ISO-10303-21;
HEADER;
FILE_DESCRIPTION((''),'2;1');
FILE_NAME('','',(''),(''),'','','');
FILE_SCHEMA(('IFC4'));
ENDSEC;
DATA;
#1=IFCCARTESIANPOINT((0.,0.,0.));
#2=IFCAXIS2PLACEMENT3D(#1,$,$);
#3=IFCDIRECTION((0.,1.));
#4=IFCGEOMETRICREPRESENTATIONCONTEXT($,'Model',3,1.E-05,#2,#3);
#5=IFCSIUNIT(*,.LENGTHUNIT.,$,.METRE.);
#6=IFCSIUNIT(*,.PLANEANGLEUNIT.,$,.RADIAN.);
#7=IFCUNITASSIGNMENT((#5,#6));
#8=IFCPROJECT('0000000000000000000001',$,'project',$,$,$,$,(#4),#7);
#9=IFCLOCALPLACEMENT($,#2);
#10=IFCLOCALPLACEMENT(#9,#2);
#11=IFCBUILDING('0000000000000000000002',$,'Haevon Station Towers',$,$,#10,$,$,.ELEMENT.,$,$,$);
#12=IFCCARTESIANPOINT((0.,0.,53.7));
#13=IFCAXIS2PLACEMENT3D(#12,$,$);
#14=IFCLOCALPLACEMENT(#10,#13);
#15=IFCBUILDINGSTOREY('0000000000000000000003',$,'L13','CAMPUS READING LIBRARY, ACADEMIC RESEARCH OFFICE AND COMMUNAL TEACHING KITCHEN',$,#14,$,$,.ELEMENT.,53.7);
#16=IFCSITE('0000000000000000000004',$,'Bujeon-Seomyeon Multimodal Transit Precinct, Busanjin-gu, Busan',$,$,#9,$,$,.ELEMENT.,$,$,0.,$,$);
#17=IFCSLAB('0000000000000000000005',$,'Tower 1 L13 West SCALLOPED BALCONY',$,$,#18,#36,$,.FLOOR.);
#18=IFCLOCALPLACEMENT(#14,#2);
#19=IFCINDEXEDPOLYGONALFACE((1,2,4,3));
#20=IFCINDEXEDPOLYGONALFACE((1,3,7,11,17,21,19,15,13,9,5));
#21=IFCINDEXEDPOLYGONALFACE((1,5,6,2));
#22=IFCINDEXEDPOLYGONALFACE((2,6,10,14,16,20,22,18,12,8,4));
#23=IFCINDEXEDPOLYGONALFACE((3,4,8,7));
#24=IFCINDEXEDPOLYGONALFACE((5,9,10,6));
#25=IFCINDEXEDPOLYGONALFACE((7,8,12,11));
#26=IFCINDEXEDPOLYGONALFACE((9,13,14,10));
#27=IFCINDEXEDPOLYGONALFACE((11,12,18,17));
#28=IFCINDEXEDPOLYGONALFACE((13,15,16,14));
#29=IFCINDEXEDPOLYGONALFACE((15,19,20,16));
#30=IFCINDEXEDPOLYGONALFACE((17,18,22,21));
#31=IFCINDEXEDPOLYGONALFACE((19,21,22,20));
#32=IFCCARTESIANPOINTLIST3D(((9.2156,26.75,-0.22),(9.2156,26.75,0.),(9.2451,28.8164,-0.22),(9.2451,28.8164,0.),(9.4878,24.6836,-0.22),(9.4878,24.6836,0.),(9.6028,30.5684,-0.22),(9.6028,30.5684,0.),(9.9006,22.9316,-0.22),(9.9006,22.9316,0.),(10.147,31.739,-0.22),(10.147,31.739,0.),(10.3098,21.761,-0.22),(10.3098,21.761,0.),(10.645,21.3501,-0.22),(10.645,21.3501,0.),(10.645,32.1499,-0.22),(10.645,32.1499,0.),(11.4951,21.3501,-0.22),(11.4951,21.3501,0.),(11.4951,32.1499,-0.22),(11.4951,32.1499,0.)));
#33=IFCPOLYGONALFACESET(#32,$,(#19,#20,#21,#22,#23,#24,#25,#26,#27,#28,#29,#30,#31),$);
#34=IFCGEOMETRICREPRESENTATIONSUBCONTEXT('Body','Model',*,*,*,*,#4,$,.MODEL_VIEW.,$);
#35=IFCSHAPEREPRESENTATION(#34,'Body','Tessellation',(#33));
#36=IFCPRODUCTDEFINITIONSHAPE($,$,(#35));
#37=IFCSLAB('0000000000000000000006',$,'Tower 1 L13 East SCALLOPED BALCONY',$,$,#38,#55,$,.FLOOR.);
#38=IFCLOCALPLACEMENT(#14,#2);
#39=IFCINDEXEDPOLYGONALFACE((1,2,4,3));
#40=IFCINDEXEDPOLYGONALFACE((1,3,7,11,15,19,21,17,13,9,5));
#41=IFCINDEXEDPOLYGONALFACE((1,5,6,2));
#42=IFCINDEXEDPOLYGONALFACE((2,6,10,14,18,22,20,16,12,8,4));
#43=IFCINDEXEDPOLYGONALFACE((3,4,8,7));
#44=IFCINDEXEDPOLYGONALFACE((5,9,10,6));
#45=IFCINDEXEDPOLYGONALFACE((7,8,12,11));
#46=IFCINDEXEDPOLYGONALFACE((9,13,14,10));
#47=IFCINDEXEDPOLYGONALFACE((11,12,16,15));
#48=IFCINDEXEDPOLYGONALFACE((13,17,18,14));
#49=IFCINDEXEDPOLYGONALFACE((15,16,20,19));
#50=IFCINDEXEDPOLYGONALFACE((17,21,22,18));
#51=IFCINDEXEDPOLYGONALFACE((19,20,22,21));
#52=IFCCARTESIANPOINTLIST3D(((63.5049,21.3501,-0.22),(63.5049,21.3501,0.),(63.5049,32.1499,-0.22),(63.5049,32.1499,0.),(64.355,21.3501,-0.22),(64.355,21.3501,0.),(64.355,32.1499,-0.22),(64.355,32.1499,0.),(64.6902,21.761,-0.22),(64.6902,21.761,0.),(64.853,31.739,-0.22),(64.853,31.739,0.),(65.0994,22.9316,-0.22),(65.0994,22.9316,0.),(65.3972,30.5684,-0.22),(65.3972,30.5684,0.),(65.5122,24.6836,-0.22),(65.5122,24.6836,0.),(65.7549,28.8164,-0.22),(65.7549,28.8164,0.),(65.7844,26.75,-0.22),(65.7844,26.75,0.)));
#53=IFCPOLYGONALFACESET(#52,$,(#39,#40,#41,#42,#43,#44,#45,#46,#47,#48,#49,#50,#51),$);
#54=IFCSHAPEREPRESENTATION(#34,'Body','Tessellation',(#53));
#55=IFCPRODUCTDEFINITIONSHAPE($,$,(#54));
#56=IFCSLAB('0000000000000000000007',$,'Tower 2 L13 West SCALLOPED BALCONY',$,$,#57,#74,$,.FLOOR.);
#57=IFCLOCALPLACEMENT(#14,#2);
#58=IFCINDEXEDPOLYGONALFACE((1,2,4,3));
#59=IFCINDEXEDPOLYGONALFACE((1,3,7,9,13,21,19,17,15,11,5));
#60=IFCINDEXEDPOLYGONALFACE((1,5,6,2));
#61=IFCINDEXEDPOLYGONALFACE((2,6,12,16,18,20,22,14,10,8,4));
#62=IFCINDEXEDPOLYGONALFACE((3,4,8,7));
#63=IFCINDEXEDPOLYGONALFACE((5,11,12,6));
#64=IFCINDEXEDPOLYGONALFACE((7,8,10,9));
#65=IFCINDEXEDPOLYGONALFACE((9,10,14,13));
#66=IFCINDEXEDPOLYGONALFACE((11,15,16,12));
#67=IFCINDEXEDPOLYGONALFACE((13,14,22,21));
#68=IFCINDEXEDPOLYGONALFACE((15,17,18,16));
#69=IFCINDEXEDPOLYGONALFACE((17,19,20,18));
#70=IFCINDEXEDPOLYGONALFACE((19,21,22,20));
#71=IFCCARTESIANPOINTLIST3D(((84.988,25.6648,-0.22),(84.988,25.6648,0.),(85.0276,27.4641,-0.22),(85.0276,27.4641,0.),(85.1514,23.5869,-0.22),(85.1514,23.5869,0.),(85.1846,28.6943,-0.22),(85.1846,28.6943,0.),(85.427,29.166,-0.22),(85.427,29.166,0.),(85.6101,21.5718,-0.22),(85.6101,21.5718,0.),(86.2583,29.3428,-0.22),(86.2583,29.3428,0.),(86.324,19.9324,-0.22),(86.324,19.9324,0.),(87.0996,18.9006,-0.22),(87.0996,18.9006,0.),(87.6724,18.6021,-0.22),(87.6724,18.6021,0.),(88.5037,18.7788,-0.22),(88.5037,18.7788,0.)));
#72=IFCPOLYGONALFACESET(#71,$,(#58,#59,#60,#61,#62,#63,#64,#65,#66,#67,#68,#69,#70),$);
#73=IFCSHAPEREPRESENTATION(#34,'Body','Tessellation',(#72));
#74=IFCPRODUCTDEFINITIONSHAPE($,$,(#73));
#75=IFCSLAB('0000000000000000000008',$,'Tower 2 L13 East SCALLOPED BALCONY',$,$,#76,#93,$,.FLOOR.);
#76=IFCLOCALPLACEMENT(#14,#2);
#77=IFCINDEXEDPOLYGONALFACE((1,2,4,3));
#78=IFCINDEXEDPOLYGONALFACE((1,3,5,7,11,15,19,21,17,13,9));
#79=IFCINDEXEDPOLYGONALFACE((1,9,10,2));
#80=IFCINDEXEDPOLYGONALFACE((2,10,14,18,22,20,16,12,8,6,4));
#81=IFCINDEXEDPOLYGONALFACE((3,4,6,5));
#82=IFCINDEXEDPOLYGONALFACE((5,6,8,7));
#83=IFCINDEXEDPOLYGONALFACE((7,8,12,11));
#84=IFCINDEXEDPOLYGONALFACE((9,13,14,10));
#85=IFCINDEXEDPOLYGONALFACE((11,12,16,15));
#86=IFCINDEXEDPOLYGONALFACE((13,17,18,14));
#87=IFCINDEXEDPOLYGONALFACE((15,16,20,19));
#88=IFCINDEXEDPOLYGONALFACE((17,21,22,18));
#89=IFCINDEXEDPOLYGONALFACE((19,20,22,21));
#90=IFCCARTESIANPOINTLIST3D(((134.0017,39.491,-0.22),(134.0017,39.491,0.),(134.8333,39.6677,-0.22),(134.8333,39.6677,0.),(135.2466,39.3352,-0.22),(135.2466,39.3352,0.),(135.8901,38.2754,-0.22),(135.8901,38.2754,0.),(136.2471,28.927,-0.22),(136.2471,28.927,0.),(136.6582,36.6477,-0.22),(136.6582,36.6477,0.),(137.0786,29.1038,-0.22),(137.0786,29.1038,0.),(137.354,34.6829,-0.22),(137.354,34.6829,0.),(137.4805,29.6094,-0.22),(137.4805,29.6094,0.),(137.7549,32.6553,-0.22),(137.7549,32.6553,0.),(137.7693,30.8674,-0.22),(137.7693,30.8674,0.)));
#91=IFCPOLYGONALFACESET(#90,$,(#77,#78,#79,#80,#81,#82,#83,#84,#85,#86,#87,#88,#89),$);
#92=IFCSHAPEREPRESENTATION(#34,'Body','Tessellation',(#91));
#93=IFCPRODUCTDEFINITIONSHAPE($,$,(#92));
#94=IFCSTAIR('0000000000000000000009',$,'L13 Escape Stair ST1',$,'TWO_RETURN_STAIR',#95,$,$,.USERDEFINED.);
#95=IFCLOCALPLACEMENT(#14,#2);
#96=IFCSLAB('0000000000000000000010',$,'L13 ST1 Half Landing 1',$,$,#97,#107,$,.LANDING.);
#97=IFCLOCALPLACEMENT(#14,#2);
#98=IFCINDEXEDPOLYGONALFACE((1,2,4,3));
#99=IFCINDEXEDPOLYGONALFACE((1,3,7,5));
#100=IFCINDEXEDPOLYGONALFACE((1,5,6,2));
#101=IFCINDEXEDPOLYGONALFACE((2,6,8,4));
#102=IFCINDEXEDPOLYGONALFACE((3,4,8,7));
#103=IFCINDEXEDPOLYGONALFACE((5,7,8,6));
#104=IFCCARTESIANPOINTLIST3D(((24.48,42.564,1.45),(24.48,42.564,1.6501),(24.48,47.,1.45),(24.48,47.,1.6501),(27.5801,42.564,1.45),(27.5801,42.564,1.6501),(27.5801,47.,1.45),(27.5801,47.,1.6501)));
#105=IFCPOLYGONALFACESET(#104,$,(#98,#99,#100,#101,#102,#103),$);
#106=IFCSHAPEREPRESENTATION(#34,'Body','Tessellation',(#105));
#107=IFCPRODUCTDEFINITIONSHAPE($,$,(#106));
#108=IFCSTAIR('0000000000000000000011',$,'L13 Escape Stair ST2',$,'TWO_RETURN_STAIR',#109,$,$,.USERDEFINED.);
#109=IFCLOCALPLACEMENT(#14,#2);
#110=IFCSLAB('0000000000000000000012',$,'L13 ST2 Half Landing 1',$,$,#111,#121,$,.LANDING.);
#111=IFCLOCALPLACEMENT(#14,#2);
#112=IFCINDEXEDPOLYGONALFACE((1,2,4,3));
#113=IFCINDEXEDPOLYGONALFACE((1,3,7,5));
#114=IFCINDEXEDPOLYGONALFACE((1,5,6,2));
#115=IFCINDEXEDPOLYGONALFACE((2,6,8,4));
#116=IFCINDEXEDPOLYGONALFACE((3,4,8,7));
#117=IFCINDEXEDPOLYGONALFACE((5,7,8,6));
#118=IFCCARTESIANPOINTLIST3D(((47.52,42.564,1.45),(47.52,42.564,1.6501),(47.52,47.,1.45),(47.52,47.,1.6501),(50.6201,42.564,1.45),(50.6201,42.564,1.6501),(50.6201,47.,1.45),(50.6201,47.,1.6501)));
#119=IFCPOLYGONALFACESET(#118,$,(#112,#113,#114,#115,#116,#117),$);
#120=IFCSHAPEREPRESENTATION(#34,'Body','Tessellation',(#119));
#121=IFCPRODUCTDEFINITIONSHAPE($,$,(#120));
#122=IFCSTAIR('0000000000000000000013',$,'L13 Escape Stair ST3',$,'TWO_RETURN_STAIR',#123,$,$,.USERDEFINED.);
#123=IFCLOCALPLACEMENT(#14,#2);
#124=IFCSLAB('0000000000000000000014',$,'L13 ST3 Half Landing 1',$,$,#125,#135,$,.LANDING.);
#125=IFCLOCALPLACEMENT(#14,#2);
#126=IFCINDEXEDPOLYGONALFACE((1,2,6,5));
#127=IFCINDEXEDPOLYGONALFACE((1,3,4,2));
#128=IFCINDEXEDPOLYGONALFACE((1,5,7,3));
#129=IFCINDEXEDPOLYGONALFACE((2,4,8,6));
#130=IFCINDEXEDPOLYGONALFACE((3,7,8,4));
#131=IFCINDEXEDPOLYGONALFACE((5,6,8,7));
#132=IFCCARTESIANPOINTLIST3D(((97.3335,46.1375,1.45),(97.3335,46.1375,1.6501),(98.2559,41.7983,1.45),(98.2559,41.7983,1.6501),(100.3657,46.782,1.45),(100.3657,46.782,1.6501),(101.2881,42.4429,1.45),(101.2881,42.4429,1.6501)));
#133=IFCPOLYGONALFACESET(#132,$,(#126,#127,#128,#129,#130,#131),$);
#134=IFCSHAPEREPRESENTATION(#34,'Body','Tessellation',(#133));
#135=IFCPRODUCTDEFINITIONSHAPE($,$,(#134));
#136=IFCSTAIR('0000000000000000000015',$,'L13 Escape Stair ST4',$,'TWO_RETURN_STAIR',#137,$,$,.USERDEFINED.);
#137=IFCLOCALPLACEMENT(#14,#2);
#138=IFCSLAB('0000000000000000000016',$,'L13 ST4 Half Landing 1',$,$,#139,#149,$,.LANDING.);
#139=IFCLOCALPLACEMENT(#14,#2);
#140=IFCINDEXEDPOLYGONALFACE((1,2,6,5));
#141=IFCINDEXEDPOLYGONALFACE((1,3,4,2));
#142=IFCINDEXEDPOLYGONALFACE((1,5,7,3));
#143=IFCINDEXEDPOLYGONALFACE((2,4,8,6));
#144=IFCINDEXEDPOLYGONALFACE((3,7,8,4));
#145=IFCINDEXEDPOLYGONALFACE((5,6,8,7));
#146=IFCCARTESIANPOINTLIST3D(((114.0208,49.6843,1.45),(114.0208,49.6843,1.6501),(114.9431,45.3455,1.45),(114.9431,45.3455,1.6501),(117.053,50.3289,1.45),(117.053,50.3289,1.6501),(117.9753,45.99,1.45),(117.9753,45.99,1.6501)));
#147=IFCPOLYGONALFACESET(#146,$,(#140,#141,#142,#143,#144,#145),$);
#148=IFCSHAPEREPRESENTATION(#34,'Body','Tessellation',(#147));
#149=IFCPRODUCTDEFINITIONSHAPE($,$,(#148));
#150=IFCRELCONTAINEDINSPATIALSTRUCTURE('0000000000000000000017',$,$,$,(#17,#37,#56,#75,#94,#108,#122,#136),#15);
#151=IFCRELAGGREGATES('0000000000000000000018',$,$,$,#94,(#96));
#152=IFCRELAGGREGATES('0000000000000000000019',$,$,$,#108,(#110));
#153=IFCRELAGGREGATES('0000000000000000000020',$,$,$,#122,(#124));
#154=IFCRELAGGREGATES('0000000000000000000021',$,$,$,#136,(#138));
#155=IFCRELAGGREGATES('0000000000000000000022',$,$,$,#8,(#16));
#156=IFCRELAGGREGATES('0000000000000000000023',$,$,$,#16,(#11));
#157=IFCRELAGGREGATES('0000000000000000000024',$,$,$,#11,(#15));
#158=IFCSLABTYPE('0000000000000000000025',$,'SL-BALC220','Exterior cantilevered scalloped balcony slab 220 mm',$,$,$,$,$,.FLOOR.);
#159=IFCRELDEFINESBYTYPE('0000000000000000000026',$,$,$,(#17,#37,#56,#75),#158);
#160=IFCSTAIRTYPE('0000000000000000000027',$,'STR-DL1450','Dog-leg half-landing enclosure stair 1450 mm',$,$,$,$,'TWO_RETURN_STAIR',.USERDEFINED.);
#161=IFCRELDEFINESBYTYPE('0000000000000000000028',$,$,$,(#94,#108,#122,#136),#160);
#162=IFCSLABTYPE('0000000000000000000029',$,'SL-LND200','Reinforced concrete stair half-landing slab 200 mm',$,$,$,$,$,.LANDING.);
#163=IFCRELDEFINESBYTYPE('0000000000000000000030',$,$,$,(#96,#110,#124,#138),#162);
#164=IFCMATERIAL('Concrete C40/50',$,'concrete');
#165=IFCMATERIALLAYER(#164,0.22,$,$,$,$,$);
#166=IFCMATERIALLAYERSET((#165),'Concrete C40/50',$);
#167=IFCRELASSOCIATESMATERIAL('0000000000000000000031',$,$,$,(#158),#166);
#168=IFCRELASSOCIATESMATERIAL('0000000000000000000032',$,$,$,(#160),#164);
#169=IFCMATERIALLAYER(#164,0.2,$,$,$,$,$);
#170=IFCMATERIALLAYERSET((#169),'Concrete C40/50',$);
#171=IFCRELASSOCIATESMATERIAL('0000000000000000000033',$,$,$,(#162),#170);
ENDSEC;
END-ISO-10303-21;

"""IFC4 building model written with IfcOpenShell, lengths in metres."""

from ifc_helpers import new_model, si_unit, direction, frame, origin, place, context, subcontext, project, spatial, polyline, outline, extrude, material, layer, layer_set, type_object, element, aggregate, save


model = new_model("IFC4")

# Units and contexts
model_context = context("Model", 3, precision=1e-05, world=origin(), true_north=direction((0.0, 1.0)))
body_context = subcontext(model_context, "Body", "Model", "MODEL_VIEW")
ifc_project = project(units=[si_unit("LENGTHUNIT", "METRE"), si_unit("PLANEANGLEUNIT", "RADIAN")], contexts=[model_context])

# Site, building, storey
site_placement = place(None, origin())
site = spatial("IfcSite", under=ifc_project, at=site_placement, Name="Bujeon-Seomyeon Multimodal Transit Precinct, Busanjin-gu, Busan", CompositionType="ELEMENT", RefElevation=0.0)
building_placement = place(site_placement, origin())
building = spatial("IfcBuilding", under=site, at=building_placement, Name="Haevon Station Towers", CompositionType="ELEMENT")
storey_placement = place(building_placement, frame((0.0, 0.0, 53.7)))
storey = spatial("IfcBuildingStorey", under=building, at=storey_placement, Name="L13", Description="CAMPUS READING LIBRARY, ACADEMIC RESEARCH OFFICE AND COMMUNAL TEACHING KITCHEN", CompositionType="ELEMENT", Elevation=53.7)

# Slabs
ifc_material_1 = material(Name="Concrete C40/50", Category="concrete")
ifc_layer_1 = layer(ifc_material_1, 0.22)
ifc_layer_set_1 = layer_set([ifc_layer_1], Name="Concrete C40/50")
slab_type_1 = type_object("IfcSlabType", Name="SL-BALC220", Description="Exterior cantilevered scalloped balcony slab 220 mm", PredefinedType="FLOOR", material=ifc_layer_set_1)
slab_1_placement = place(storey_placement, frame((0.0, 0.0, -0.22)))
element("IfcSlab", 1, at=slab_1_placement, inside=storey, type_object=slab_type_1, Name="Tower 1 L13 West SCALLOPED BALCONY", PredefinedType="FLOOR", context=body_context, shape_type="SweptSolid", body=[
    extrude(outline(polyline([(11.4951, 32.1499), (10.645, 32.1499), (10.147, 31.739), (9.6028, 30.5684), (9.2451, 28.8164), (9.2156, 26.75), (9.4878, 24.6836), (9.9006, 22.9316), (10.3098, 21.761), (10.645, 21.3501), (11.4951, 21.3501), (11.4951, 32.1499)])), origin(), (0.0, 0.0, 1.0), 0.22),
])
slab_2_placement = place(storey_placement, frame((0.0, 0.0, -0.22)))
element("IfcSlab", 2, at=slab_2_placement, inside=storey, type_object=slab_type_1, Name="Tower 1 L13 East SCALLOPED BALCONY", PredefinedType="FLOOR", context=body_context, shape_type="SweptSolid", body=[
    extrude(outline(polyline([(63.5049, 21.3501), (64.355, 21.3501), (64.6902, 21.761), (65.0994, 22.9316), (65.5122, 24.6836), (65.7844, 26.75), (65.7549, 28.8164), (65.3972, 30.5684), (64.853, 31.739), (64.355, 32.1499), (63.5049, 32.1499), (63.5049, 21.3501)])), origin(), (0.0, 0.0, 1.0), 0.22),
])
slab_3_placement = place(storey_placement, frame((0.0, 0.0, -0.22)))
element("IfcSlab", 3, at=slab_3_placement, inside=storey, type_object=slab_type_1, Name="Tower 2 L13 West SCALLOPED BALCONY", PredefinedType="FLOOR", context=body_context, shape_type="SweptSolid", body=[
    extrude(outline(polyline([(86.2583, 29.3428), (85.427, 29.166), (85.1846, 28.6943), (85.0276, 27.4641), (84.988, 25.6648), (85.1514, 23.5869), (85.6101, 21.5718), (86.324, 19.9324), (87.0996, 18.9006), (87.6724, 18.6021), (88.5037, 18.7788), (86.2583, 29.3428)])), origin(), (0.0, 0.0, 1.0), 0.22),
])
slab_4_placement = place(storey_placement, frame((0.0, 0.0, -0.22)))
element("IfcSlab", 4, at=slab_4_placement, inside=storey, type_object=slab_type_1, Name="Tower 2 L13 East SCALLOPED BALCONY", PredefinedType="FLOOR", context=body_context, shape_type="SweptSolid", body=[
    extrude(outline(polyline([(136.2471, 28.927), (137.0786, 29.1038), (137.4805, 29.6094), (137.7693, 30.8674), (137.7549, 32.6553), (137.354, 34.6829), (136.6582, 36.6477), (135.8901, 38.2754), (135.2466, 39.3352), (134.8333, 39.6677), (134.0017, 39.491), (136.2471, 28.927)])), origin(), (0.0, 0.0, 1.0), 0.22),
])

# Stairs, slabs
stair_type = type_object("IfcStairType", Name="STR-DL1450", Description="Dog-leg half-landing enclosure stair 1450 mm", ElementType="TWO_RETURN_STAIR", PredefinedType="USERDEFINED", material=ifc_material_1)
stair_1_placement = place(storey_placement, origin())
stair_1 = element("IfcStair", 5, at=stair_1_placement, inside=storey, type_object=stair_type, Name="L13 Escape Stair ST1", ObjectType="TWO_RETURN_STAIR", PredefinedType="USERDEFINED")
ifc_layer_2 = layer(ifc_material_1, 0.2)
ifc_layer_set_2 = layer_set([ifc_layer_2], Name="Concrete C40/50")
slab_type_2 = type_object("IfcSlabType", Name="SL-LND200", Description="Reinforced concrete stair half-landing slab 200 mm", PredefinedType="LANDING", material=ifc_layer_set_2)
slab_5_placement = place(storey_placement, frame((0.0, 0.0, 1.45)))
slab_5 = element("IfcSlab", 6, at=slab_5_placement, type_object=slab_type_2, Name="L13 ST1 Half Landing 1", PredefinedType="LANDING", context=body_context, shape_type="SweptSolid", body=[
    extrude(outline(polyline([(27.5801, 42.564), (27.5801, 47.0), (24.48, 47.0), (24.48, 42.564), (27.5801, 42.564)])), origin(), (0.0, 0.0, 1.0), 0.2002),
])
aggregate(stair_1, [slab_5])
stair_2_placement = place(storey_placement, origin())
stair_2 = element("IfcStair", 7, at=stair_2_placement, inside=storey, type_object=stair_type, Name="L13 Escape Stair ST2", ObjectType="TWO_RETURN_STAIR", PredefinedType="USERDEFINED")
slab_6_placement = place(storey_placement, frame((0.0, 0.0, 1.45)))
slab_6 = element("IfcSlab", 8, at=slab_6_placement, type_object=slab_type_2, Name="L13 ST2 Half Landing 1", PredefinedType="LANDING", context=body_context, shape_type="SweptSolid", body=[
    extrude(outline(polyline([(50.6201, 42.564), (50.6201, 47.0), (47.52, 47.0), (47.52, 42.564), (50.6201, 42.564)])), origin(), (0.0, 0.0, 1.0), 0.2002),
])
aggregate(stair_2, [slab_6])
stair_3_placement = place(storey_placement, origin())
stair_3 = element("IfcStair", 9, at=stair_3_placement, inside=storey, type_object=stair_type, Name="L13 Escape Stair ST3", ObjectType="TWO_RETURN_STAIR", PredefinedType="USERDEFINED")
slab_7_placement = place(storey_placement, frame((0.0, 0.0, 1.45)))
slab_7 = element("IfcSlab", 10, at=slab_7_placement, type_object=slab_type_2, Name="L13 ST3 Half Landing 1", PredefinedType="LANDING", context=body_context, shape_type="SweptSolid", body=[
    extrude(outline(polyline([(101.2881, 42.4429), (100.3657, 46.782), (97.3335, 46.1375), (98.2559, 41.7983), (101.2881, 42.4429)])), origin(), (0.0, 0.0, 1.0), 0.2002),
])
aggregate(stair_3, [slab_7])
stair_4_placement = place(storey_placement, origin())
stair_4 = element("IfcStair", 11, at=stair_4_placement, inside=storey, type_object=stair_type, Name="L13 Escape Stair ST4", ObjectType="TWO_RETURN_STAIR", PredefinedType="USERDEFINED")
slab_8_placement = place(storey_placement, frame((0.0, 0.0, 1.45)))
slab_8 = element("IfcSlab", 12, at=slab_8_placement, type_object=slab_type_2, Name="L13 ST4 Half Landing 1", PredefinedType="LANDING", context=body_context, shape_type="SweptSolid", body=[
    extrude(outline(polyline([(117.9753, 45.99), (117.053, 50.3289), (114.0208, 49.6843), (114.9431, 45.3455), (117.9753, 45.99)])), origin(), (0.0, 0.0, 1.0), 0.2002),
])
aggregate(stair_4, [slab_8])

save(model, "model.ifc")
